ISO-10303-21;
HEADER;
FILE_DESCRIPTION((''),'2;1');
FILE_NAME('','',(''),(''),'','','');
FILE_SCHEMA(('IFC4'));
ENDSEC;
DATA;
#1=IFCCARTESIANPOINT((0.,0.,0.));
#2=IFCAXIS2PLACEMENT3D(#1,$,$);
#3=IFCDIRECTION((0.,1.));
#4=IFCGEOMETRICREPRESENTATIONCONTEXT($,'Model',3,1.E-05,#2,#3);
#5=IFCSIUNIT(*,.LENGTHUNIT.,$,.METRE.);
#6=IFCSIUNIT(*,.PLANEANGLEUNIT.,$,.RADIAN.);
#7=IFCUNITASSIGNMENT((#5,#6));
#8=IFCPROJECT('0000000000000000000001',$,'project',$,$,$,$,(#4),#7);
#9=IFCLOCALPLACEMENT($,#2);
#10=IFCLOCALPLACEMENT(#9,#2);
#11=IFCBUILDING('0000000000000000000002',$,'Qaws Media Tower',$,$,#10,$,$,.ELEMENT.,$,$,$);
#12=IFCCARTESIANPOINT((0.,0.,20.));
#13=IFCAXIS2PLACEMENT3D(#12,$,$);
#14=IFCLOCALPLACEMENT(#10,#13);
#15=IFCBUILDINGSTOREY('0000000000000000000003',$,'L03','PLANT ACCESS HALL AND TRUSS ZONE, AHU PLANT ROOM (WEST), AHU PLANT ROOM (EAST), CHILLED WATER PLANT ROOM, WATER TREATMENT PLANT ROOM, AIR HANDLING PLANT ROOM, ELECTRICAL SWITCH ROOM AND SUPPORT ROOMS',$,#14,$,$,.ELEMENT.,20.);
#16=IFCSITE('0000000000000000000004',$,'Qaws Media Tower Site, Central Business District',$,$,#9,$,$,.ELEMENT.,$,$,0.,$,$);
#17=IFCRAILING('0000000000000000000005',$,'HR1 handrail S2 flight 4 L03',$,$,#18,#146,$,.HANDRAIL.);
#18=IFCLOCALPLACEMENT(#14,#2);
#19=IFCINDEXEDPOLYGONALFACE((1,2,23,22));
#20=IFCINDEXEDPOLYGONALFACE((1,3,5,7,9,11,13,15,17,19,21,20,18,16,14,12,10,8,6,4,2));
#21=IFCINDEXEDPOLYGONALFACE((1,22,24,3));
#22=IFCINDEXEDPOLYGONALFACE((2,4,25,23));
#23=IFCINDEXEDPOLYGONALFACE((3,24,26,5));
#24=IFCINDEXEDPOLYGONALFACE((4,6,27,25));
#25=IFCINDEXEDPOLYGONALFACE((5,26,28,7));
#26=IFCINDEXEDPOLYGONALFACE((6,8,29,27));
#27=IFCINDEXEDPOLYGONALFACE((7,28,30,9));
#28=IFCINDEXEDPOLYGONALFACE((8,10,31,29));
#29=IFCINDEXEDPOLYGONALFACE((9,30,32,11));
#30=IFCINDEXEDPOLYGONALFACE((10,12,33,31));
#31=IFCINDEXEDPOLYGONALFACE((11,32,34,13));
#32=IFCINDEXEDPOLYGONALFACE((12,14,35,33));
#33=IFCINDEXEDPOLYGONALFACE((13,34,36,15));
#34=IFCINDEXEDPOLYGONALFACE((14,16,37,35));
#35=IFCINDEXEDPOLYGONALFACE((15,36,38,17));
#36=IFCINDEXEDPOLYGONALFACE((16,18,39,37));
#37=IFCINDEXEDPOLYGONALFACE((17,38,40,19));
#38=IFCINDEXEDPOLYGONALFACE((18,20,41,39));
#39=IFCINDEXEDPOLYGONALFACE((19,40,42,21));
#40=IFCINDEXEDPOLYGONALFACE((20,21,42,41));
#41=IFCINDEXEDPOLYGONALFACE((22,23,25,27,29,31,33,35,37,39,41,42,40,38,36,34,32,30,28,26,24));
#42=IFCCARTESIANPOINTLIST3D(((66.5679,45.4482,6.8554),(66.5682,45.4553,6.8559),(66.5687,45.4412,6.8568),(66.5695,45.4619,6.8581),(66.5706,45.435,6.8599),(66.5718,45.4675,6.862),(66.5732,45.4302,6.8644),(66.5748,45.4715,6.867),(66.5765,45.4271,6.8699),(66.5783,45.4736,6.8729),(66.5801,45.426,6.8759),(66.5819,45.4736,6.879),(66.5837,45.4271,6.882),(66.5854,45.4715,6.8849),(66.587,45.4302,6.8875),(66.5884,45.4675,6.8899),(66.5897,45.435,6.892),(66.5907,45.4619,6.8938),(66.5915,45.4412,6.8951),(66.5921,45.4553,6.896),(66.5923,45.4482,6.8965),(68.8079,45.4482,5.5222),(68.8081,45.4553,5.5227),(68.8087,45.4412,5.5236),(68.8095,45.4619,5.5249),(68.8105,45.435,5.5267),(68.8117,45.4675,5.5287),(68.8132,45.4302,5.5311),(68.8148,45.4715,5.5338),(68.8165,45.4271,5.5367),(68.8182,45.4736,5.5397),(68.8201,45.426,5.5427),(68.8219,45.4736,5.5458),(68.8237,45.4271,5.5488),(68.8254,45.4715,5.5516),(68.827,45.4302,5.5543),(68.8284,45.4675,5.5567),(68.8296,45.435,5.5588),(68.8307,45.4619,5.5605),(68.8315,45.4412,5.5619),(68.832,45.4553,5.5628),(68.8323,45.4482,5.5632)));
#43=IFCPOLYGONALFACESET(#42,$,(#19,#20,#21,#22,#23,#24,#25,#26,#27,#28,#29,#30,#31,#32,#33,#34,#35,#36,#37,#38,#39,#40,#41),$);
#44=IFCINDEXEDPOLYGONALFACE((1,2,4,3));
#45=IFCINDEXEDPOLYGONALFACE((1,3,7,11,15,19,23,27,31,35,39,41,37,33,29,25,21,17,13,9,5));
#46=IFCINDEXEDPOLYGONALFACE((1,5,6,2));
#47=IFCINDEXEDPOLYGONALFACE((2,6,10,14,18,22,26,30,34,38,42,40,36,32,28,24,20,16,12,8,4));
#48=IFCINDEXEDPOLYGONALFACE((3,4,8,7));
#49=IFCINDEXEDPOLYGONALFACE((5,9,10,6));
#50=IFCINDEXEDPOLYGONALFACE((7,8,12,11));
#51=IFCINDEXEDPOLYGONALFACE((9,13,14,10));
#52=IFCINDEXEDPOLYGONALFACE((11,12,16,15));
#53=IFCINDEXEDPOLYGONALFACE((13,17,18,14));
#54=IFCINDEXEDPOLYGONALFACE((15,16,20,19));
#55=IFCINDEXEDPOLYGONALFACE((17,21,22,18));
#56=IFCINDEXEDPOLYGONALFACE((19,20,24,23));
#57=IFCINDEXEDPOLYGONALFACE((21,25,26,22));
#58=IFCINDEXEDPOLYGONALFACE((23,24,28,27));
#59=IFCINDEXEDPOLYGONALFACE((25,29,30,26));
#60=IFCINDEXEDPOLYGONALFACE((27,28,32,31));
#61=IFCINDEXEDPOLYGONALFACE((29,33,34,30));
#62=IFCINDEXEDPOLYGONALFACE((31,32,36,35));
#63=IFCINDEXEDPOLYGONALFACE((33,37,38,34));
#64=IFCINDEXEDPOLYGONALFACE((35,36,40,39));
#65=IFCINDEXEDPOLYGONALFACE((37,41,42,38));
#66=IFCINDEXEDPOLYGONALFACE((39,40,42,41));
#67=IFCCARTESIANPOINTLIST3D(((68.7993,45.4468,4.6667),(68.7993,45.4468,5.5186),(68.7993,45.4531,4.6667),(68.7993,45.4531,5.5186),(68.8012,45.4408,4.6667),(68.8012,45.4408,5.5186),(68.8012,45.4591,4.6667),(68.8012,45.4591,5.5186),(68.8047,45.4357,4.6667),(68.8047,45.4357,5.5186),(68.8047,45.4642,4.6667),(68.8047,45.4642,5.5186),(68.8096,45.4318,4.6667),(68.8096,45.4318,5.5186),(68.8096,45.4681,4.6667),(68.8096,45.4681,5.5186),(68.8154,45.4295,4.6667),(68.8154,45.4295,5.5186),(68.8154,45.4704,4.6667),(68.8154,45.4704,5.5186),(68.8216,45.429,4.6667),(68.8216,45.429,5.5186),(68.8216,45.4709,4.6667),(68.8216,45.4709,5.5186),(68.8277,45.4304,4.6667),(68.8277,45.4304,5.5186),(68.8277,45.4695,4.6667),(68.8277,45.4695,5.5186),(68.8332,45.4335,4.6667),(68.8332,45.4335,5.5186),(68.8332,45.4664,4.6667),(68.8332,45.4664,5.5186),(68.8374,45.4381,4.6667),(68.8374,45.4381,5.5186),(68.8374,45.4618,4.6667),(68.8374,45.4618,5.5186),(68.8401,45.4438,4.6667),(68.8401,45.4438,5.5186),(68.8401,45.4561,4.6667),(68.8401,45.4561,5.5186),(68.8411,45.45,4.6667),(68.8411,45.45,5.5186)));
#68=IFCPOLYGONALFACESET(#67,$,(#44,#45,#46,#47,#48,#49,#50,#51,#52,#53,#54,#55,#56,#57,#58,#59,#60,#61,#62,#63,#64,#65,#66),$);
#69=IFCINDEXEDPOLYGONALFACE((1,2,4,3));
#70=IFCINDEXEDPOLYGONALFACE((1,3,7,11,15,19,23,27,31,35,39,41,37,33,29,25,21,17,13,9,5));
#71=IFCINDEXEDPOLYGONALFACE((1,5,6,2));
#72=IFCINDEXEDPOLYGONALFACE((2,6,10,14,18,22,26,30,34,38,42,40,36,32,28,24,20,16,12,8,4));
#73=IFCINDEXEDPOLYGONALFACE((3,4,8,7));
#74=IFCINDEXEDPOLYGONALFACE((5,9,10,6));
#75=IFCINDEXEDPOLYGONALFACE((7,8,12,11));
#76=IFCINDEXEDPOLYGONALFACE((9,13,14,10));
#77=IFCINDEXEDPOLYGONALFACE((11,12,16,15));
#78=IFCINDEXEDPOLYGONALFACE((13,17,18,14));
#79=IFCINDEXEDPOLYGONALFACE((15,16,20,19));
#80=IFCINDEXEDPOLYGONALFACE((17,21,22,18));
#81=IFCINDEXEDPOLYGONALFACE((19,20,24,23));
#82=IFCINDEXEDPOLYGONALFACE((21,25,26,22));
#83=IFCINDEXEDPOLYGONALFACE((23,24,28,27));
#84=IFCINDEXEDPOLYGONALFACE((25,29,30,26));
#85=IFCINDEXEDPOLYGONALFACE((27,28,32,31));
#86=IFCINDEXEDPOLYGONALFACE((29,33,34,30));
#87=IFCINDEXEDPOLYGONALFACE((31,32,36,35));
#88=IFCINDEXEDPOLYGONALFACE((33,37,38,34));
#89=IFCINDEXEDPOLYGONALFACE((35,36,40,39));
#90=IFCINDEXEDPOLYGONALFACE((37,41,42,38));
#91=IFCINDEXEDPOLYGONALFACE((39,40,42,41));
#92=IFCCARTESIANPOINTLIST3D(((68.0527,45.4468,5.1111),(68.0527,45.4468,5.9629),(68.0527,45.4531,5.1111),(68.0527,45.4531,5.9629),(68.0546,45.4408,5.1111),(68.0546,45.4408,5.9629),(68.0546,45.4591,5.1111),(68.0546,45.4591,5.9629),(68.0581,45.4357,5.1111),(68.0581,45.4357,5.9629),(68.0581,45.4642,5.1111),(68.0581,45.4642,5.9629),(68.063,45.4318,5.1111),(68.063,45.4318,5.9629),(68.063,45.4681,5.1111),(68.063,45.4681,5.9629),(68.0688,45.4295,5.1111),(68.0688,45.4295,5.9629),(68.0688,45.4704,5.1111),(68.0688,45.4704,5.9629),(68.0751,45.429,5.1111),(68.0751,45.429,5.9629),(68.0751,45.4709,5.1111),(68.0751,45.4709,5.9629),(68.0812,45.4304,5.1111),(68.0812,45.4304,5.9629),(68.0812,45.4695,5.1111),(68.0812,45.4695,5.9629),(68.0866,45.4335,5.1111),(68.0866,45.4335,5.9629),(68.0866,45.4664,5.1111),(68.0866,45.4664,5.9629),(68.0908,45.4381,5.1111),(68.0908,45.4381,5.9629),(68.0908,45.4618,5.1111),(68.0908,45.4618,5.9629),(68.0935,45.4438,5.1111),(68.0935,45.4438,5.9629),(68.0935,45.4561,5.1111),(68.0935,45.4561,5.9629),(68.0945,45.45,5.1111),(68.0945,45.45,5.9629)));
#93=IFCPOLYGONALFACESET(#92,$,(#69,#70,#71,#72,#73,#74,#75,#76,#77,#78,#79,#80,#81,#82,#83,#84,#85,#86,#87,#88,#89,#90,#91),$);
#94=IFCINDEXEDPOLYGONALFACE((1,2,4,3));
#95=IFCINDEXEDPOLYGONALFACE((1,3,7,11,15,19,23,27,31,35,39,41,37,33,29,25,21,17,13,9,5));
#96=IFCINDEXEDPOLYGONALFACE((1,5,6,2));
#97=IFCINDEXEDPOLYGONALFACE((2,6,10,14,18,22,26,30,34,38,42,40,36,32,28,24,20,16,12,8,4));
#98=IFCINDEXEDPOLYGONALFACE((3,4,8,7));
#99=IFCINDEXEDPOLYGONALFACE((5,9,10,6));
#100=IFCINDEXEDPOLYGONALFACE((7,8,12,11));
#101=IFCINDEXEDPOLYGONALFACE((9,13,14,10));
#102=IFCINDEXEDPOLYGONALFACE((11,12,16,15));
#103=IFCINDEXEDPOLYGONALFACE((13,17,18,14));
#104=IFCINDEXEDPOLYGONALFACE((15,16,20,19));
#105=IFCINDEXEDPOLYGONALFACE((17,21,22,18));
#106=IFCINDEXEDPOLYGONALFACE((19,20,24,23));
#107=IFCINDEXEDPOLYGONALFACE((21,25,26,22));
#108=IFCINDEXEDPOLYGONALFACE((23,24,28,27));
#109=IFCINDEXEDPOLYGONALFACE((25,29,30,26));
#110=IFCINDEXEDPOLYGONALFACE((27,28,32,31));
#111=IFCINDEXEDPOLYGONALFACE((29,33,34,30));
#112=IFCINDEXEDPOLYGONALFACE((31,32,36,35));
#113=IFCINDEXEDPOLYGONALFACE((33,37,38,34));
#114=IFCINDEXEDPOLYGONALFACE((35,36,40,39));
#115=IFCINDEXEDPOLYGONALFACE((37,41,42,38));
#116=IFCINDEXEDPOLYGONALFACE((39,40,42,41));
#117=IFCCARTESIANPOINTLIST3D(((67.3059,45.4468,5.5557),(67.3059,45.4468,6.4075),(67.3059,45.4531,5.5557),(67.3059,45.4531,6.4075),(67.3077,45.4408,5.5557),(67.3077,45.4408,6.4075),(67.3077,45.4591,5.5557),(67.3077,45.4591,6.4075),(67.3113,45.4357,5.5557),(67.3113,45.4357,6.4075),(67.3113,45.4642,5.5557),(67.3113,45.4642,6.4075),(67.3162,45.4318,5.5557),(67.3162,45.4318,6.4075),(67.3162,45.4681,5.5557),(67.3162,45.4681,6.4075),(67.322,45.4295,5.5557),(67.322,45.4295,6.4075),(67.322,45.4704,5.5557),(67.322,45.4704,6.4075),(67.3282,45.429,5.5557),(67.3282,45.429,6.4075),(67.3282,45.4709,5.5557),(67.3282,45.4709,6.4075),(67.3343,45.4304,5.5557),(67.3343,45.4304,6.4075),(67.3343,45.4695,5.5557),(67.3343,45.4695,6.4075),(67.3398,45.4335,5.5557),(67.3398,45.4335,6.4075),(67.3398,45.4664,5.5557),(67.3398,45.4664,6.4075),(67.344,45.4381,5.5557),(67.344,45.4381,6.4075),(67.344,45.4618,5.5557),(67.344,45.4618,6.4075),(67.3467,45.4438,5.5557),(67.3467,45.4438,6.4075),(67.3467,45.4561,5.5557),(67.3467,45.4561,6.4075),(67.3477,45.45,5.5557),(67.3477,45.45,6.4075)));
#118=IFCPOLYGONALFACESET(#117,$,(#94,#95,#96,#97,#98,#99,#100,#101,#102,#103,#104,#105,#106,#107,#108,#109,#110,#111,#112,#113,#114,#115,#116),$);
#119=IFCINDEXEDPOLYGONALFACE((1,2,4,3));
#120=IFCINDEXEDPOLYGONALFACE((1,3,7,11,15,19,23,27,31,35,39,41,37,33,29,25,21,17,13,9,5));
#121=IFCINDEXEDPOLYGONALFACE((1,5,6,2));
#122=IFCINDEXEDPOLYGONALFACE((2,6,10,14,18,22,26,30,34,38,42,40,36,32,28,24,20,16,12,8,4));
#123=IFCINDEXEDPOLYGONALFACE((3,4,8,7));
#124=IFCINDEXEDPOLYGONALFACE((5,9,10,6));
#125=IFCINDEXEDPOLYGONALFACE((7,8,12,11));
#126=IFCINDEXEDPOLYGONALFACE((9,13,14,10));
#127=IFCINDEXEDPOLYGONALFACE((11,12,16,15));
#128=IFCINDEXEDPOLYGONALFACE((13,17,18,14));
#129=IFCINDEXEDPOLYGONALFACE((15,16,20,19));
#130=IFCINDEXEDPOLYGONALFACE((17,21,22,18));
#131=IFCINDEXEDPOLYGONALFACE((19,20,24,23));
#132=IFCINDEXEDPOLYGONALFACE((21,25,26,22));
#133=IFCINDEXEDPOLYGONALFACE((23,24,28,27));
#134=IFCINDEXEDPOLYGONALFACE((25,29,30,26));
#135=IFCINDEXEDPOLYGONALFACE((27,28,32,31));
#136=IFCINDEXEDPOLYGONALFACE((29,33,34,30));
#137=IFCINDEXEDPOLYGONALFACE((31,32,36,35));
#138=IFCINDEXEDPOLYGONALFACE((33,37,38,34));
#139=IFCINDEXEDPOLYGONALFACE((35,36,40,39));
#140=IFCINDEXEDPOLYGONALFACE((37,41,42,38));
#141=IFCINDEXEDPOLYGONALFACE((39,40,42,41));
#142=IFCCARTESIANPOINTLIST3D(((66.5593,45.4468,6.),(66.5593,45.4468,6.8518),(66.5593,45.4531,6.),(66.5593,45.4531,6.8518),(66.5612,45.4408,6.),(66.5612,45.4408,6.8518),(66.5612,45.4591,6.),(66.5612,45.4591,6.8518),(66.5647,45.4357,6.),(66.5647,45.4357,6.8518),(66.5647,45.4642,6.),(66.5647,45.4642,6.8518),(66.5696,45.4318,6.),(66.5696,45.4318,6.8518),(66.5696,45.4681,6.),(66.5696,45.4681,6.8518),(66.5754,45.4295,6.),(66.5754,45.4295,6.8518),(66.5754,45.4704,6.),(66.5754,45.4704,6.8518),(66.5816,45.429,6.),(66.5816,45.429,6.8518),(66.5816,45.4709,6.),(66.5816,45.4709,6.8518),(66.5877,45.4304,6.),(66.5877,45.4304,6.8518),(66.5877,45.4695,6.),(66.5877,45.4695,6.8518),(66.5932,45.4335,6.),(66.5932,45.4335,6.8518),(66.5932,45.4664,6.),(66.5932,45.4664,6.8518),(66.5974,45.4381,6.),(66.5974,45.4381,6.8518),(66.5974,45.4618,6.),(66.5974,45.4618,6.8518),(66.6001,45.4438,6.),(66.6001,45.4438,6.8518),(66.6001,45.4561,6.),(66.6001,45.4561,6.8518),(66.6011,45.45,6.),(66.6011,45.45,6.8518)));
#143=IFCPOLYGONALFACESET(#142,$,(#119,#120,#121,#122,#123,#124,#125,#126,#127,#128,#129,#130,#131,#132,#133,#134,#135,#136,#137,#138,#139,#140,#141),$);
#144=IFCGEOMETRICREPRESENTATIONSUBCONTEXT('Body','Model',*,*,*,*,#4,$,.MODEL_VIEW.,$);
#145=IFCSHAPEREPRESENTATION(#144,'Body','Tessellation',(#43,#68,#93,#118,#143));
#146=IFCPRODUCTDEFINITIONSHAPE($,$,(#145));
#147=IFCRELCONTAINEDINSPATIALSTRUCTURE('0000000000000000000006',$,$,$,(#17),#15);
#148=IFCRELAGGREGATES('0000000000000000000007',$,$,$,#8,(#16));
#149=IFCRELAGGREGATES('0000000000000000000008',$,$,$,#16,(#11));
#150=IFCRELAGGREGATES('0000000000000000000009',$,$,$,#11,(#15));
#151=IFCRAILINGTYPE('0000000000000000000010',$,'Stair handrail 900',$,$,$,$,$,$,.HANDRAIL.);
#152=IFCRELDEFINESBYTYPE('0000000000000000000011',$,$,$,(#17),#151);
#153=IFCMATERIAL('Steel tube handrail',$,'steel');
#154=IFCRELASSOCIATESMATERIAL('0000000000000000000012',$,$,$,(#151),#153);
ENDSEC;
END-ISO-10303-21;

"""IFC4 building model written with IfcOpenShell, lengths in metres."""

from ifc_helpers import new_model, si_unit, direction, frame, origin, origin_2d, place, context, subcontext, project, spatial, circle, extrude, material, type_object, element, save


model = new_model("IFC4")

# Units and contexts
model_context = context("Model", 3, precision=1e-05, world=origin(), true_north=direction((0.0, 1.0)))
body_context = subcontext(model_context, "Body", "Model", "MODEL_VIEW")
ifc_project = project(units=[si_unit("LENGTHUNIT", "METRE"), si_unit("PLANEANGLEUNIT", "RADIAN")], contexts=[model_context])

# Site, building, storey
site_placement = place(None, origin())
site = spatial("IfcSite", under=ifc_project, at=site_placement, Name="Qaws Media Tower Site, Central Business District", CompositionType="ELEMENT", RefElevation=0.0)
building_placement = place(site_placement, origin())
building = spatial("IfcBuilding", under=site, at=building_placement, Name="Qaws Media Tower", CompositionType="ELEMENT")
storey_placement = place(building_placement, frame((0.0, 0.0, 20.0)))
storey = spatial("IfcBuildingStorey", under=building, at=storey_placement, Name="L03", Description="PLANT ACCESS HALL AND TRUSS ZONE, AHU PLANT ROOM (WEST), AHU PLANT ROOM (EAST), CHILLED WATER PLANT ROOM, WATER TREATMENT PLANT ROOM, AIR HANDLING PLANT ROOM, ELECTRICAL SWITCH ROOM AND SUPPORT ROOMS", CompositionType="ELEMENT", Elevation=20.0)

# Railing
ifc_material_1 = material(Name="Steel tube handrail", Category="steel")
railing_type = type_object("IfcRailingType", Name="Stair handrail 900", PredefinedType="HANDRAIL", material=ifc_material_1)
for number, where, name in (
    (1, (68.8201, 45.45, 4.6667), "HR1 handrail S2 flight 4 L03"),
):
    element("IfcRailing", number, at=place(storey_placement, frame(where)), inside=storey, type_object=railing_type, Name=name, PredefinedType="HANDRAIL", context=body_context, shape_type="SweptSolid", body=[
        extrude(circle(Radius=0.0239, at=origin_2d()), frame((0.0, 0.0, 0.876), z_axis=(-0.859306, 0.0, 0.511462), x_axis=(0.0, -1.0, 0.0)), (0.0, 0.0, 1.0), 2.6067),
        extrude(circle(Radius=0.021, at=origin_2d()), origin(), (0.0, 0.0, 1.0), 0.8518),
        extrude(circle(Radius=0.021, at=origin_2d()), frame((-0.7466, 0.0, 0.4443)), (0.0, 0.0, 1.0), 0.8518),
        extrude(circle(Radius=0.021, at=origin_2d()), frame((-1.4934, 0.0, 0.8889)), (0.0, 0.0, 1.0), 0.8518),
        extrude(circle(Radius=0.021, at=origin_2d()), frame((-2.24, 0.0, 1.3333)), (0.0, 0.0, 1.0), 0.8518),
    ])

save(model, "model.ifc")
